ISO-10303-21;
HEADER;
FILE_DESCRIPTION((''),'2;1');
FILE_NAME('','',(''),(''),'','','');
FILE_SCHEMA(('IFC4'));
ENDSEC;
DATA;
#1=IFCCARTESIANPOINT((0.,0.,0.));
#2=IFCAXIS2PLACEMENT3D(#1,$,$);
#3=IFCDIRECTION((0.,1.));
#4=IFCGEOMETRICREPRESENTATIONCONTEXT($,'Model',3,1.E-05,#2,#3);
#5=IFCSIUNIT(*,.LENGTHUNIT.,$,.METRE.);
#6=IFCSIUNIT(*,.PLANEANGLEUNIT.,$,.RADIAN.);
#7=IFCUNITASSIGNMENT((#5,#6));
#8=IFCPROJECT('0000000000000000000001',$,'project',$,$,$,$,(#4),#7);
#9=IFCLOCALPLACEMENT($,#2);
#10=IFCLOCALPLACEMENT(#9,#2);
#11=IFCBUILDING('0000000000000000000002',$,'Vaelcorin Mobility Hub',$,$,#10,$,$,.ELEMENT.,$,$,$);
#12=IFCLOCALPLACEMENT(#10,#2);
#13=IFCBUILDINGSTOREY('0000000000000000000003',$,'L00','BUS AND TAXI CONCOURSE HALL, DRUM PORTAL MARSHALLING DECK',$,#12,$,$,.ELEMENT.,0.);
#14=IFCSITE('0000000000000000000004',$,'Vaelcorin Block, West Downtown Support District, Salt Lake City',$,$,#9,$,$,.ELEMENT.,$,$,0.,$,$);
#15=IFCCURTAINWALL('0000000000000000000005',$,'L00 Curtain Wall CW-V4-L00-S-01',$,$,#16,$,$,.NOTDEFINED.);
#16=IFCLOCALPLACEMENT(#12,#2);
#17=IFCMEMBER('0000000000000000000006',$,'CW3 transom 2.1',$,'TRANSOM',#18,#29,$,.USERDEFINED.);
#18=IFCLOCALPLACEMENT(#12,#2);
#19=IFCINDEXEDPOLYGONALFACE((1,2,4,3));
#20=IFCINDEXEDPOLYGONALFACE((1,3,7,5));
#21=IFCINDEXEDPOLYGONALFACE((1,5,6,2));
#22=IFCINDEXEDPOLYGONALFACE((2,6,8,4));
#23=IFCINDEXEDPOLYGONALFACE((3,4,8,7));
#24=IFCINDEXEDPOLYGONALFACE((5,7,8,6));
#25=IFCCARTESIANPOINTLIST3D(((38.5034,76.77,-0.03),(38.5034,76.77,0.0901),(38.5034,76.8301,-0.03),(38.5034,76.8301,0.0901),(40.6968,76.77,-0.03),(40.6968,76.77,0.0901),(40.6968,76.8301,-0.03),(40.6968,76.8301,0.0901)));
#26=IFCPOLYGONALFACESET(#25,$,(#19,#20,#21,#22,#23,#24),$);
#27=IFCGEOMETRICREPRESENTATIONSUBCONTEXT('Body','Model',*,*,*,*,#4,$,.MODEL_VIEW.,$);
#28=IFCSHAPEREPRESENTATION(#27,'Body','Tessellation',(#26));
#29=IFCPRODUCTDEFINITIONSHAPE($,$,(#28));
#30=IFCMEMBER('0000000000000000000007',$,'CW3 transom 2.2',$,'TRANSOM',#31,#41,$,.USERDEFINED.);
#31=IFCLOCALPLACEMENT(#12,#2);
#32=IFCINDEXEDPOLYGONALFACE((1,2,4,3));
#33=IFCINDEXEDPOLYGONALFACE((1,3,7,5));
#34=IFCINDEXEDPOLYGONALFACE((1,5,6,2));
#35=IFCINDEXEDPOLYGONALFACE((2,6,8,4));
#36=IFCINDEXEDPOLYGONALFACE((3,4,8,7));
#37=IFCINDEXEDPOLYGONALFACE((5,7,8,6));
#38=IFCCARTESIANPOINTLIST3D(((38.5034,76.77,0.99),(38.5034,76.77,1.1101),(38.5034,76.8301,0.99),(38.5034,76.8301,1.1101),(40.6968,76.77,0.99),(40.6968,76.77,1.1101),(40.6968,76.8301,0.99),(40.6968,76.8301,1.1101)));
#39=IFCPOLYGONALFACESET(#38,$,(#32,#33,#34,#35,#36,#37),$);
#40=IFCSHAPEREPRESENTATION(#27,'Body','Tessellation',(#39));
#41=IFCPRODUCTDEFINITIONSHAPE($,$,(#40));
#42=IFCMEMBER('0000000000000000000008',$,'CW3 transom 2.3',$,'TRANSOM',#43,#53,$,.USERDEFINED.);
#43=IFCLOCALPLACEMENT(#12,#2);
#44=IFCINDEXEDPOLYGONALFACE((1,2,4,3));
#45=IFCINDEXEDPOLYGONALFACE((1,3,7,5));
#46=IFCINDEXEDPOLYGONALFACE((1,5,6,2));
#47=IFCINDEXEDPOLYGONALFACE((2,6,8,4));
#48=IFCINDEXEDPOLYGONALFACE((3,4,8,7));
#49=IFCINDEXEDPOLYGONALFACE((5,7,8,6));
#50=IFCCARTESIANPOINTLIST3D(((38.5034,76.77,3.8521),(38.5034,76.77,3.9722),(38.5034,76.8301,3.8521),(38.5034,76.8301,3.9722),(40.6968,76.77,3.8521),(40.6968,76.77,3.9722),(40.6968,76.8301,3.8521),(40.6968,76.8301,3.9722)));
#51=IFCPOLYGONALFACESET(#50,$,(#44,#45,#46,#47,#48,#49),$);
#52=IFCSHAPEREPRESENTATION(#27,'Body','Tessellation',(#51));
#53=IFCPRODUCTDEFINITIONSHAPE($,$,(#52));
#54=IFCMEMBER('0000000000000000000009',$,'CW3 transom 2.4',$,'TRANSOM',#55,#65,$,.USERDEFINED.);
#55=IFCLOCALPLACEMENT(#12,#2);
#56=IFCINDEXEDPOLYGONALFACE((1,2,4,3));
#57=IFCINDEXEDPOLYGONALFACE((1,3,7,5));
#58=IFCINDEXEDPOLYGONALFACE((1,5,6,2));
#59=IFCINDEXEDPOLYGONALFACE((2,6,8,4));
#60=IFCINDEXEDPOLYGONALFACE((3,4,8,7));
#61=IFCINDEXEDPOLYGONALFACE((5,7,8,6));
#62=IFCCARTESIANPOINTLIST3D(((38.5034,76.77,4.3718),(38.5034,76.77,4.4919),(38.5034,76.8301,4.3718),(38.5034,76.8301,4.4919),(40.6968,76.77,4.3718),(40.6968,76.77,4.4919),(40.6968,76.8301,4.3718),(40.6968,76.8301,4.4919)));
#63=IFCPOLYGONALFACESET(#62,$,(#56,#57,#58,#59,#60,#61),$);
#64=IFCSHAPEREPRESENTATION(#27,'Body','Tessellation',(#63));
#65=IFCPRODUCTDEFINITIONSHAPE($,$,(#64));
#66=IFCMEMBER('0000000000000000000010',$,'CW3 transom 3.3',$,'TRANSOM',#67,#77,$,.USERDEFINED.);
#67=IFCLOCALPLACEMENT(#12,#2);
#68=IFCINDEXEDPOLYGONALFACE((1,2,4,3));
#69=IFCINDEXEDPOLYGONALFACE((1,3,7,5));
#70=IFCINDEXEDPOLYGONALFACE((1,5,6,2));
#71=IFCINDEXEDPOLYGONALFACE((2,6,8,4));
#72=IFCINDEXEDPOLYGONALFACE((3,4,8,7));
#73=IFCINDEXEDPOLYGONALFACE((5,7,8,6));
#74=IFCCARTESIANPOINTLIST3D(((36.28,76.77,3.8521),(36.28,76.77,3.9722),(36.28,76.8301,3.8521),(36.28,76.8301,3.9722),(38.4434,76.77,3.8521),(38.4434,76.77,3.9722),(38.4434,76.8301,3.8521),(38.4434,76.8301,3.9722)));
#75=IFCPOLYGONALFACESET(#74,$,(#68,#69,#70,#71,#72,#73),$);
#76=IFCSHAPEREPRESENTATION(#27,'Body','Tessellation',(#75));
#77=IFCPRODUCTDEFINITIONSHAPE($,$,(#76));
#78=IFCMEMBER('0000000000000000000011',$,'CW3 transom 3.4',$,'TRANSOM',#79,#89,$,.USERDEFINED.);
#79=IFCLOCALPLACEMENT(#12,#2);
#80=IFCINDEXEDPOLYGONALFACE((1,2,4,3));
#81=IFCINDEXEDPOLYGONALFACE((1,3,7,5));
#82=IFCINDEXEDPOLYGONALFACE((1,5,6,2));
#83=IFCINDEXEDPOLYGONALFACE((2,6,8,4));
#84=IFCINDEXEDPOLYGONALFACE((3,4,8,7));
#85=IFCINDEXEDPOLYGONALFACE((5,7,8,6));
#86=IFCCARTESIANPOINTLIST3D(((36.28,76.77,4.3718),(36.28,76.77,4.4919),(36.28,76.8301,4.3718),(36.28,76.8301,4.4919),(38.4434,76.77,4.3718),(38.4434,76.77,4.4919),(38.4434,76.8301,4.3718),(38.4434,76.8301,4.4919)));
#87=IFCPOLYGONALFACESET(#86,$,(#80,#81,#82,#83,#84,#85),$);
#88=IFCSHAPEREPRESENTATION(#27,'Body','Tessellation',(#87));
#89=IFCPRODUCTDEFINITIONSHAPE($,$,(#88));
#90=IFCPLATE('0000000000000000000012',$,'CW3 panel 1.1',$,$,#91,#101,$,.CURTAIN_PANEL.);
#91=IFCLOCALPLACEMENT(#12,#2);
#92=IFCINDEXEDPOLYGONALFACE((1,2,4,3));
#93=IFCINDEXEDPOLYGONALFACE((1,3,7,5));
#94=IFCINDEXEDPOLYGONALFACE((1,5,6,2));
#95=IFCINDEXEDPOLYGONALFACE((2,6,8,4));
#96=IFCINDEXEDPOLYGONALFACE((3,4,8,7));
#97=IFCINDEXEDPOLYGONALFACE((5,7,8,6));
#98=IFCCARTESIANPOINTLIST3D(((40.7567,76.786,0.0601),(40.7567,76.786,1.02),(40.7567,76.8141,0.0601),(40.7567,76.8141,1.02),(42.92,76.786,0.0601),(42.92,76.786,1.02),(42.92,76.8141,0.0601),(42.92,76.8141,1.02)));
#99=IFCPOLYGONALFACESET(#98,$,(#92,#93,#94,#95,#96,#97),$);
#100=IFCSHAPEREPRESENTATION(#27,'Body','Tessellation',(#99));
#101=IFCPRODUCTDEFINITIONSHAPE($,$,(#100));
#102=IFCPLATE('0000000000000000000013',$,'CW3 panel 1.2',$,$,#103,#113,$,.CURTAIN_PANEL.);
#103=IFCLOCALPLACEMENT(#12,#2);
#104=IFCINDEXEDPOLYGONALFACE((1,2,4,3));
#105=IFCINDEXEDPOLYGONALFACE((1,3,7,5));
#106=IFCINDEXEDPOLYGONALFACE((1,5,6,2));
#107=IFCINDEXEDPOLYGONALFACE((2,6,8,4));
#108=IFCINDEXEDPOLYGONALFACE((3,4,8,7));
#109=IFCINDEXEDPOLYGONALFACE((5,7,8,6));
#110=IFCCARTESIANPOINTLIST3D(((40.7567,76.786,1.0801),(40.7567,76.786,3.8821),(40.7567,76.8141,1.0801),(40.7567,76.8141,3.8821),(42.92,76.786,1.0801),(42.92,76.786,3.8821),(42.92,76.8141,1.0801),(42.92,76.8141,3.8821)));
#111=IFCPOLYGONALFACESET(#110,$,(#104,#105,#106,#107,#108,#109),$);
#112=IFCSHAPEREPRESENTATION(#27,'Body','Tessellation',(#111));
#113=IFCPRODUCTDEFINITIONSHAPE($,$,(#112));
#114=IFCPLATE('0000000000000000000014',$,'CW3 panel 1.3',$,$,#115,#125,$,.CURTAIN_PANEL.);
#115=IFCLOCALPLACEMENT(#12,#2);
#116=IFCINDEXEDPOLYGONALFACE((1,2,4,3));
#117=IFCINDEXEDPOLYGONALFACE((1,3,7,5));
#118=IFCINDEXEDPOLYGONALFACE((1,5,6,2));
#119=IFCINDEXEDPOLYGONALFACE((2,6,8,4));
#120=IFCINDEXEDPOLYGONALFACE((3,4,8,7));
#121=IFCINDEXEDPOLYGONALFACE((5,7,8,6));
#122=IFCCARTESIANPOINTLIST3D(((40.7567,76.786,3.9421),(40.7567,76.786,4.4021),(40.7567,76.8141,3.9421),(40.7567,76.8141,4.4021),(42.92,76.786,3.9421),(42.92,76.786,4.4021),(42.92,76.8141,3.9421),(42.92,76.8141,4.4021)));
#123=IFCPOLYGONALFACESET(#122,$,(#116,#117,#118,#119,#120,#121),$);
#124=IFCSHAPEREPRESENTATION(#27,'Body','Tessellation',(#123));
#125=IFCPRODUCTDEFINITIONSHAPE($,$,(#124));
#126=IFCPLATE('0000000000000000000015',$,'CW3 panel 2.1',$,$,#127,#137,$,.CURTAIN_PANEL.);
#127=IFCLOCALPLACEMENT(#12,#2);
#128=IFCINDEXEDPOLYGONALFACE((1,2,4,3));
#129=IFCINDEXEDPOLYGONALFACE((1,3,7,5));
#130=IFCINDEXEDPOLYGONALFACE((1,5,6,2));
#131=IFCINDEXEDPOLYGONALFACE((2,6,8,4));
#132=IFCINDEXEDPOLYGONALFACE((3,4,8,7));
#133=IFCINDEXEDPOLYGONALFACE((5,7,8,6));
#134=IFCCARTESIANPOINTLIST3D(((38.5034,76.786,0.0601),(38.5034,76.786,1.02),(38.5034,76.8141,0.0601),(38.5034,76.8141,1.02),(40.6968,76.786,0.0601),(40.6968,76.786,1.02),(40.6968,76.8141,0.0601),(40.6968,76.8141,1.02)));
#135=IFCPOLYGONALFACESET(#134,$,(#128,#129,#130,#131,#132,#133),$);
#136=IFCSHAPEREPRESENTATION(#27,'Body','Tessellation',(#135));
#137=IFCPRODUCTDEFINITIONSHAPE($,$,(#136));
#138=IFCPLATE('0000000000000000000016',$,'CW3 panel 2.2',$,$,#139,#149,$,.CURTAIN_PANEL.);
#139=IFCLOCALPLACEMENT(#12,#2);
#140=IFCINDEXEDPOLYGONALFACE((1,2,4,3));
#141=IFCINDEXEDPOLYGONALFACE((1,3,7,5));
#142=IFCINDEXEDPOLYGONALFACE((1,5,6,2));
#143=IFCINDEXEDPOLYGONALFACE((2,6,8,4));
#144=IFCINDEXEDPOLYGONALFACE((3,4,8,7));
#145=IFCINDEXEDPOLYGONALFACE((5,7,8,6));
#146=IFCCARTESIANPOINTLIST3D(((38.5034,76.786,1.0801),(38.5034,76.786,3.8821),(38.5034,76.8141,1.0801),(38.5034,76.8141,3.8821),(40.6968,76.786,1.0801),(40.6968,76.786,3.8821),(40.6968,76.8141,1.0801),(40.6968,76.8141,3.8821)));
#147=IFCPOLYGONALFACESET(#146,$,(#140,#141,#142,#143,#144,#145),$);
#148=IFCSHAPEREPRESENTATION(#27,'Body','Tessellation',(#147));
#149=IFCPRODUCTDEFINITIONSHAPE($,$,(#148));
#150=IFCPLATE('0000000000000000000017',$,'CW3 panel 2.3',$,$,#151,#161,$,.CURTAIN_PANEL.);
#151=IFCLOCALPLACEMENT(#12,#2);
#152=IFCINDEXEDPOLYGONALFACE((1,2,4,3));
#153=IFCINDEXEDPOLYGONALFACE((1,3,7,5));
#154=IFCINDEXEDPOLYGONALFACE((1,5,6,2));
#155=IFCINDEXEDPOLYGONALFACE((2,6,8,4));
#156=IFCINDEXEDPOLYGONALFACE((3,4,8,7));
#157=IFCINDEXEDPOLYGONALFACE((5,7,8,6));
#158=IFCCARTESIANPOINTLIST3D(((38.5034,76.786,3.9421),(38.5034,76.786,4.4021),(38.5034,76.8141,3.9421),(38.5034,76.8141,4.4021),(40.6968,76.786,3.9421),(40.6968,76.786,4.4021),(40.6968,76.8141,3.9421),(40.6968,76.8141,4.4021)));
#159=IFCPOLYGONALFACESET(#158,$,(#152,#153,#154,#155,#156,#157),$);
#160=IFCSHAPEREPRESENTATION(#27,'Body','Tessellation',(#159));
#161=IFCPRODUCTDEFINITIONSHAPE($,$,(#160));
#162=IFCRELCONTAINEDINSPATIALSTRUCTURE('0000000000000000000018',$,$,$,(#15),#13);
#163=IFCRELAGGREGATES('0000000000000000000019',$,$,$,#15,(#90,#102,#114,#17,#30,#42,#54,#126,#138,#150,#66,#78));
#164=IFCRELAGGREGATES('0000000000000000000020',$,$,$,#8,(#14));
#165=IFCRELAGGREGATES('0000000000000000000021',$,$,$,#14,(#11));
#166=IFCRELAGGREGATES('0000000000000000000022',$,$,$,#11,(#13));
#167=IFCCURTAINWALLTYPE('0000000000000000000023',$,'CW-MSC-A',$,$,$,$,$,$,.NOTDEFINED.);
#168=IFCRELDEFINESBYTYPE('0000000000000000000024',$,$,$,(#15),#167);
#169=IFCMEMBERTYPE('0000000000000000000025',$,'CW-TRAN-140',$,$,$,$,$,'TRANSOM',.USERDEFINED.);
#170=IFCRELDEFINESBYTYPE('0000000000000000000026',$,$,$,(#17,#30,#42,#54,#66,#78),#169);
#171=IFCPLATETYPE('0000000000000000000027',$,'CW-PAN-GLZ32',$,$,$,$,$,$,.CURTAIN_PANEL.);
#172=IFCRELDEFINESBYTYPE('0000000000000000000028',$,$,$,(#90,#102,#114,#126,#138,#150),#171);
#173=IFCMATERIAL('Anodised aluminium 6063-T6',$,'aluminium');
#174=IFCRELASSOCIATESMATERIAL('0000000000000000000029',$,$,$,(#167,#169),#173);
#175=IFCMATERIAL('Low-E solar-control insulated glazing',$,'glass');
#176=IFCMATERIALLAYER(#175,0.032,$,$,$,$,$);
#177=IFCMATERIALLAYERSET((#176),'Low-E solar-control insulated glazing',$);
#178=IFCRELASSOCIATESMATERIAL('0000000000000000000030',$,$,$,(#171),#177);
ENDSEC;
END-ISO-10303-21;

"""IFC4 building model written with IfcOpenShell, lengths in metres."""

from ifc_helpers import new_model, si_unit, direction, frame, origin, origin_2d, place, context, subcontext, project, spatial, rectangle, extrude, material, layer, layer_set, material_profile, profile_set, type_object, element, aggregate, save


model = new_model("IFC4")

# Units and contexts
model_context = context("Model", 3, precision=1e-05, world=origin(), true_north=direction((0.0, 1.0)))
body_context = subcontext(model_context, "Body", "Model", "MODEL_VIEW")
ifc_project = project(units=[si_unit("LENGTHUNIT", "METRE"), si_unit("PLANEANGLEUNIT", "RADIAN")], contexts=[model_context])

# Site, building, storey
site_placement = place(None, origin())
site = spatial("IfcSite", under=ifc_project, at=site_placement, Name="Vaelcorin Block, West Downtown Support District, Salt Lake City", CompositionType="ELEMENT", RefElevation=0.0)
building_placement = place(site_placement, origin())
building = spatial("IfcBuilding", under=site, at=building_placement, Name="Vaelcorin Mobility Hub", CompositionType="ELEMENT")
storey_placement = place(building_placement, origin())
storey = spatial("IfcBuildingStorey", under=building, at=storey_placement, Name="L00", Description="BUS AND TAXI CONCOURSE HALL, DRUM PORTAL MARSHALLING DECK", CompositionType="ELEMENT", Elevation=0.0)

# Curtain wall, members, plates
ifc_material_1 = material(Name="Anodised aluminium 6063-T6", Category="aluminium")
curtain_wall_type = type_object("IfcCurtainWallType", Name="CW-MSC-A", PredefinedType="NOTDEFINED", material=ifc_material_1)
curtain_wall_placement = place(storey_placement, origin())
curtain_wall = element("IfcCurtainWall", 1, at=curtain_wall_placement, inside=storey, type_object=curtain_wall_type, Name="L00 Curtain Wall CW-V4-L00-S-01", PredefinedType="NOTDEFINED")
ifc_material_profile_1 = material_profile(ifc_material_1, rectangle(XDim=0.0601, YDim=0.1201, at=origin_2d()), Name="ALU-T60X120")
ifc_profile_set_1 = profile_set([ifc_material_profile_1], Name="Anodised aluminium 6063-T6")
member_type_1 = type_object("IfcMemberType", Name="CW-TRAN-140", ElementType="TRANSOM", PredefinedType="USERDEFINED", material=ifc_profile_set_1)
member_1_placement = place(storey_placement, frame((40.6968, 76.8, 0.03), z_axis=(-1.0, 0.0, 0.0), x_axis=(0.0, -1.0, 0.0)))
member_1 = element("IfcMember", 2, at=member_1_placement, type_object=member_type_1, Name="CW3 transom 2.1", ObjectType="TRANSOM", PredefinedType="USERDEFINED", context=body_context, shape_type="SweptSolid", body=[
    extrude(rectangle(XDim=0.0601, YDim=0.1201, at=origin_2d()), origin(), (0.0, 0.0, 1.0), 2.1934),
])
member_2_placement = place(storey_placement, frame((40.6968, 76.8, 1.05), z_axis=(-1.0, 0.0, 0.0), x_axis=(0.0, -1.0, 0.0)))
member_2 = element("IfcMember", 3, at=member_2_placement, type_object=member_type_1, Name="CW3 transom 2.2", ObjectType="TRANSOM", PredefinedType="USERDEFINED", context=body_context, shape_type="SweptSolid", body=[
    extrude(rectangle(XDim=0.0601, YDim=0.1201, at=origin_2d()), origin(), (0.0, 0.0, 1.0), 2.1934),
])
member_3_placement = place(storey_placement, frame((40.6968, 76.8, 3.9121), z_axis=(-1.0, 0.0, 0.0), x_axis=(0.0, -1.0, 0.0)))
member_3 = element("IfcMember", 4, at=member_3_placement, type_object=member_type_1, Name="CW3 transom 2.3", ObjectType="TRANSOM", PredefinedType="USERDEFINED", context=body_context, shape_type="SweptSolid", body=[
    extrude(rectangle(XDim=0.0601, YDim=0.1201, at=origin_2d()), origin(), (0.0, 0.0, 1.0), 2.1934),
])
member_4_placement = place(storey_placement, frame((40.6968, 76.8, 4.4319), z_axis=(-1.0, 0.0, 0.0), x_axis=(0.0, -1.0, 0.0)))
member_4 = element("IfcMember", 5, at=member_4_placement, type_object=member_type_1, Name="CW3 transom 2.4", ObjectType="TRANSOM", PredefinedType="USERDEFINED", context=body_context, shape_type="SweptSolid", body=[
    extrude(rectangle(XDim=0.0601, YDim=0.1201, at=origin_2d()), origin(), (0.0, 0.0, 1.0), 2.1934),
])
member_5_placement = place(storey_placement, frame((38.4434, 76.8, 3.9121), z_axis=(-1.0, 0.0, 0.0), x_axis=(0.0, -1.0, 0.0)))
member_5 = element("IfcMember", 6, at=member_5_placement, type_object=member_type_1, Name="CW3 transom 3.3", ObjectType="TRANSOM", PredefinedType="USERDEFINED", context=body_context, shape_type="SweptSolid", body=[
    extrude(rectangle(XDim=0.0601, YDim=0.1201, at=origin_2d()), origin(), (0.0, 0.0, 1.0), 2.1633),
])
member_6_placement = place(storey_placement, frame((38.4434, 76.8, 4.4319), z_axis=(-1.0, 0.0, 0.0), x_axis=(0.0, -1.0, 0.0)))
member_6 = element("IfcMember", 7, at=member_6_placement, type_object=member_type_1, Name="CW3 transom 3.4", ObjectType="TRANSOM", PredefinedType="USERDEFINED", context=body_context, shape_type="SweptSolid", body=[
    extrude(rectangle(XDim=0.0601, YDim=0.1201, at=origin_2d()), origin(), (0.0, 0.0, 1.0), 2.1633),
])
ifc_material_2 = material(Name="Low-E solar-control insulated glazing", Category="glass")
ifc_layer = layer(ifc_material_2, 0.032)
ifc_layer_set = layer_set([ifc_layer], Name="Low-E solar-control insulated glazing")
plate_type = type_object("IfcPlateType", Name="CW-PAN-GLZ32", PredefinedType="CURTAIN_PANEL", material=ifc_layer_set)
plate_1_placement = place(storey_placement, frame((41.8384, 76.8, 0.0601), z_axis=(0.0, 0.0, 1.0), x_axis=(-1.0, 0.0, 0.0)))
plate_1 = element("IfcPlate", 8, at=plate_1_placement, type_object=plate_type, Name="CW3 panel 1.1", PredefinedType="CURTAIN_PANEL", context=body_context, shape_type="SweptSolid", body=[
    extrude(rectangle(XDim=2.1633, YDim=0.0281, at=origin_2d()), origin(), (0.0, 0.0, 1.0), 0.96),
])
plate_2_placement = place(storey_placement, frame((41.8384, 76.8, 1.0801), z_axis=(0.0, 0.0, 1.0), x_axis=(-1.0, 0.0, 0.0)))
plate_2 = element("IfcPlate", 9, at=plate_2_placement, type_object=plate_type, Name="CW3 panel 1.2", PredefinedType="CURTAIN_PANEL", context=body_context, shape_type="SweptSolid", body=[
    extrude(rectangle(XDim=2.1633, YDim=0.0281, at=origin_2d()), origin(), (0.0, 0.0, 1.0), 2.802),
])
plate_3_placement = place(storey_placement, frame((41.8384, 76.8, 3.9421), z_axis=(0.0, 0.0, 1.0), x_axis=(-1.0, 0.0, 0.0)))
plate_3 = element("IfcPlate", 10, at=plate_3_placement, type_object=plate_type, Name="CW3 panel 1.3", PredefinedType="CURTAIN_PANEL", context=body_context, shape_type="SweptSolid", body=[
    extrude(rectangle(XDim=2.1633, YDim=0.0281, at=origin_2d()), origin(), (0.0, 0.0, 1.0), 0.46),
])
plate_4_placement = place(storey_placement, frame((39.6001, 76.8, 0.0601), z_axis=(0.0, 0.0, 1.0), x_axis=(-1.0, 0.0, 0.0)))
plate_4 = element("IfcPlate", 11, at=plate_4_placement, type_object=plate_type, Name="CW3 panel 2.1", PredefinedType="CURTAIN_PANEL", context=body_context, shape_type="SweptSolid", body=[
    extrude(rectangle(XDim=2.1934, YDim=0.0281, at=origin_2d()), origin(), (0.0, 0.0, 1.0), 0.96),
])
plate_5_placement = place(storey_placement, frame((39.6001, 76.8, 1.0801), z_axis=(0.0, 0.0, 1.0), x_axis=(-1.0, 0.0, 0.0)))
plate_5 = element("IfcPlate", 12, at=plate_5_placement, type_object=plate_type, Name="CW3 panel 2.2", PredefinedType="CURTAIN_PANEL", context=body_context, shape_type="SweptSolid", body=[
    extrude(rectangle(XDim=2.1934, YDim=0.0281, at=origin_2d()), origin(), (0.0, 0.0, 1.0), 2.802),
])
plate_6_placement = place(storey_placement, frame((39.6001, 76.8, 3.9421), z_axis=(0.0, 0.0, 1.0), x_axis=(-1.0, 0.0, 0.0)))
plate_6 = element("IfcPlate", 13, at=plate_6_placement, type_object=plate_type, Name="CW3 panel 2.3", PredefinedType="CURTAIN_PANEL", context=body_context, shape_type="SweptSolid", body=[
    extrude(rectangle(XDim=2.1934, YDim=0.0281, at=origin_2d()), origin(), (0.0, 0.0, 1.0), 0.46),
])
aggregate(curtain_wall, [plate_1, plate_2, plate_3, member_1, member_2, member_3, member_4, plate_4, plate_5, plate_6, member_5, member_6])

save(model, "model.ifc")
